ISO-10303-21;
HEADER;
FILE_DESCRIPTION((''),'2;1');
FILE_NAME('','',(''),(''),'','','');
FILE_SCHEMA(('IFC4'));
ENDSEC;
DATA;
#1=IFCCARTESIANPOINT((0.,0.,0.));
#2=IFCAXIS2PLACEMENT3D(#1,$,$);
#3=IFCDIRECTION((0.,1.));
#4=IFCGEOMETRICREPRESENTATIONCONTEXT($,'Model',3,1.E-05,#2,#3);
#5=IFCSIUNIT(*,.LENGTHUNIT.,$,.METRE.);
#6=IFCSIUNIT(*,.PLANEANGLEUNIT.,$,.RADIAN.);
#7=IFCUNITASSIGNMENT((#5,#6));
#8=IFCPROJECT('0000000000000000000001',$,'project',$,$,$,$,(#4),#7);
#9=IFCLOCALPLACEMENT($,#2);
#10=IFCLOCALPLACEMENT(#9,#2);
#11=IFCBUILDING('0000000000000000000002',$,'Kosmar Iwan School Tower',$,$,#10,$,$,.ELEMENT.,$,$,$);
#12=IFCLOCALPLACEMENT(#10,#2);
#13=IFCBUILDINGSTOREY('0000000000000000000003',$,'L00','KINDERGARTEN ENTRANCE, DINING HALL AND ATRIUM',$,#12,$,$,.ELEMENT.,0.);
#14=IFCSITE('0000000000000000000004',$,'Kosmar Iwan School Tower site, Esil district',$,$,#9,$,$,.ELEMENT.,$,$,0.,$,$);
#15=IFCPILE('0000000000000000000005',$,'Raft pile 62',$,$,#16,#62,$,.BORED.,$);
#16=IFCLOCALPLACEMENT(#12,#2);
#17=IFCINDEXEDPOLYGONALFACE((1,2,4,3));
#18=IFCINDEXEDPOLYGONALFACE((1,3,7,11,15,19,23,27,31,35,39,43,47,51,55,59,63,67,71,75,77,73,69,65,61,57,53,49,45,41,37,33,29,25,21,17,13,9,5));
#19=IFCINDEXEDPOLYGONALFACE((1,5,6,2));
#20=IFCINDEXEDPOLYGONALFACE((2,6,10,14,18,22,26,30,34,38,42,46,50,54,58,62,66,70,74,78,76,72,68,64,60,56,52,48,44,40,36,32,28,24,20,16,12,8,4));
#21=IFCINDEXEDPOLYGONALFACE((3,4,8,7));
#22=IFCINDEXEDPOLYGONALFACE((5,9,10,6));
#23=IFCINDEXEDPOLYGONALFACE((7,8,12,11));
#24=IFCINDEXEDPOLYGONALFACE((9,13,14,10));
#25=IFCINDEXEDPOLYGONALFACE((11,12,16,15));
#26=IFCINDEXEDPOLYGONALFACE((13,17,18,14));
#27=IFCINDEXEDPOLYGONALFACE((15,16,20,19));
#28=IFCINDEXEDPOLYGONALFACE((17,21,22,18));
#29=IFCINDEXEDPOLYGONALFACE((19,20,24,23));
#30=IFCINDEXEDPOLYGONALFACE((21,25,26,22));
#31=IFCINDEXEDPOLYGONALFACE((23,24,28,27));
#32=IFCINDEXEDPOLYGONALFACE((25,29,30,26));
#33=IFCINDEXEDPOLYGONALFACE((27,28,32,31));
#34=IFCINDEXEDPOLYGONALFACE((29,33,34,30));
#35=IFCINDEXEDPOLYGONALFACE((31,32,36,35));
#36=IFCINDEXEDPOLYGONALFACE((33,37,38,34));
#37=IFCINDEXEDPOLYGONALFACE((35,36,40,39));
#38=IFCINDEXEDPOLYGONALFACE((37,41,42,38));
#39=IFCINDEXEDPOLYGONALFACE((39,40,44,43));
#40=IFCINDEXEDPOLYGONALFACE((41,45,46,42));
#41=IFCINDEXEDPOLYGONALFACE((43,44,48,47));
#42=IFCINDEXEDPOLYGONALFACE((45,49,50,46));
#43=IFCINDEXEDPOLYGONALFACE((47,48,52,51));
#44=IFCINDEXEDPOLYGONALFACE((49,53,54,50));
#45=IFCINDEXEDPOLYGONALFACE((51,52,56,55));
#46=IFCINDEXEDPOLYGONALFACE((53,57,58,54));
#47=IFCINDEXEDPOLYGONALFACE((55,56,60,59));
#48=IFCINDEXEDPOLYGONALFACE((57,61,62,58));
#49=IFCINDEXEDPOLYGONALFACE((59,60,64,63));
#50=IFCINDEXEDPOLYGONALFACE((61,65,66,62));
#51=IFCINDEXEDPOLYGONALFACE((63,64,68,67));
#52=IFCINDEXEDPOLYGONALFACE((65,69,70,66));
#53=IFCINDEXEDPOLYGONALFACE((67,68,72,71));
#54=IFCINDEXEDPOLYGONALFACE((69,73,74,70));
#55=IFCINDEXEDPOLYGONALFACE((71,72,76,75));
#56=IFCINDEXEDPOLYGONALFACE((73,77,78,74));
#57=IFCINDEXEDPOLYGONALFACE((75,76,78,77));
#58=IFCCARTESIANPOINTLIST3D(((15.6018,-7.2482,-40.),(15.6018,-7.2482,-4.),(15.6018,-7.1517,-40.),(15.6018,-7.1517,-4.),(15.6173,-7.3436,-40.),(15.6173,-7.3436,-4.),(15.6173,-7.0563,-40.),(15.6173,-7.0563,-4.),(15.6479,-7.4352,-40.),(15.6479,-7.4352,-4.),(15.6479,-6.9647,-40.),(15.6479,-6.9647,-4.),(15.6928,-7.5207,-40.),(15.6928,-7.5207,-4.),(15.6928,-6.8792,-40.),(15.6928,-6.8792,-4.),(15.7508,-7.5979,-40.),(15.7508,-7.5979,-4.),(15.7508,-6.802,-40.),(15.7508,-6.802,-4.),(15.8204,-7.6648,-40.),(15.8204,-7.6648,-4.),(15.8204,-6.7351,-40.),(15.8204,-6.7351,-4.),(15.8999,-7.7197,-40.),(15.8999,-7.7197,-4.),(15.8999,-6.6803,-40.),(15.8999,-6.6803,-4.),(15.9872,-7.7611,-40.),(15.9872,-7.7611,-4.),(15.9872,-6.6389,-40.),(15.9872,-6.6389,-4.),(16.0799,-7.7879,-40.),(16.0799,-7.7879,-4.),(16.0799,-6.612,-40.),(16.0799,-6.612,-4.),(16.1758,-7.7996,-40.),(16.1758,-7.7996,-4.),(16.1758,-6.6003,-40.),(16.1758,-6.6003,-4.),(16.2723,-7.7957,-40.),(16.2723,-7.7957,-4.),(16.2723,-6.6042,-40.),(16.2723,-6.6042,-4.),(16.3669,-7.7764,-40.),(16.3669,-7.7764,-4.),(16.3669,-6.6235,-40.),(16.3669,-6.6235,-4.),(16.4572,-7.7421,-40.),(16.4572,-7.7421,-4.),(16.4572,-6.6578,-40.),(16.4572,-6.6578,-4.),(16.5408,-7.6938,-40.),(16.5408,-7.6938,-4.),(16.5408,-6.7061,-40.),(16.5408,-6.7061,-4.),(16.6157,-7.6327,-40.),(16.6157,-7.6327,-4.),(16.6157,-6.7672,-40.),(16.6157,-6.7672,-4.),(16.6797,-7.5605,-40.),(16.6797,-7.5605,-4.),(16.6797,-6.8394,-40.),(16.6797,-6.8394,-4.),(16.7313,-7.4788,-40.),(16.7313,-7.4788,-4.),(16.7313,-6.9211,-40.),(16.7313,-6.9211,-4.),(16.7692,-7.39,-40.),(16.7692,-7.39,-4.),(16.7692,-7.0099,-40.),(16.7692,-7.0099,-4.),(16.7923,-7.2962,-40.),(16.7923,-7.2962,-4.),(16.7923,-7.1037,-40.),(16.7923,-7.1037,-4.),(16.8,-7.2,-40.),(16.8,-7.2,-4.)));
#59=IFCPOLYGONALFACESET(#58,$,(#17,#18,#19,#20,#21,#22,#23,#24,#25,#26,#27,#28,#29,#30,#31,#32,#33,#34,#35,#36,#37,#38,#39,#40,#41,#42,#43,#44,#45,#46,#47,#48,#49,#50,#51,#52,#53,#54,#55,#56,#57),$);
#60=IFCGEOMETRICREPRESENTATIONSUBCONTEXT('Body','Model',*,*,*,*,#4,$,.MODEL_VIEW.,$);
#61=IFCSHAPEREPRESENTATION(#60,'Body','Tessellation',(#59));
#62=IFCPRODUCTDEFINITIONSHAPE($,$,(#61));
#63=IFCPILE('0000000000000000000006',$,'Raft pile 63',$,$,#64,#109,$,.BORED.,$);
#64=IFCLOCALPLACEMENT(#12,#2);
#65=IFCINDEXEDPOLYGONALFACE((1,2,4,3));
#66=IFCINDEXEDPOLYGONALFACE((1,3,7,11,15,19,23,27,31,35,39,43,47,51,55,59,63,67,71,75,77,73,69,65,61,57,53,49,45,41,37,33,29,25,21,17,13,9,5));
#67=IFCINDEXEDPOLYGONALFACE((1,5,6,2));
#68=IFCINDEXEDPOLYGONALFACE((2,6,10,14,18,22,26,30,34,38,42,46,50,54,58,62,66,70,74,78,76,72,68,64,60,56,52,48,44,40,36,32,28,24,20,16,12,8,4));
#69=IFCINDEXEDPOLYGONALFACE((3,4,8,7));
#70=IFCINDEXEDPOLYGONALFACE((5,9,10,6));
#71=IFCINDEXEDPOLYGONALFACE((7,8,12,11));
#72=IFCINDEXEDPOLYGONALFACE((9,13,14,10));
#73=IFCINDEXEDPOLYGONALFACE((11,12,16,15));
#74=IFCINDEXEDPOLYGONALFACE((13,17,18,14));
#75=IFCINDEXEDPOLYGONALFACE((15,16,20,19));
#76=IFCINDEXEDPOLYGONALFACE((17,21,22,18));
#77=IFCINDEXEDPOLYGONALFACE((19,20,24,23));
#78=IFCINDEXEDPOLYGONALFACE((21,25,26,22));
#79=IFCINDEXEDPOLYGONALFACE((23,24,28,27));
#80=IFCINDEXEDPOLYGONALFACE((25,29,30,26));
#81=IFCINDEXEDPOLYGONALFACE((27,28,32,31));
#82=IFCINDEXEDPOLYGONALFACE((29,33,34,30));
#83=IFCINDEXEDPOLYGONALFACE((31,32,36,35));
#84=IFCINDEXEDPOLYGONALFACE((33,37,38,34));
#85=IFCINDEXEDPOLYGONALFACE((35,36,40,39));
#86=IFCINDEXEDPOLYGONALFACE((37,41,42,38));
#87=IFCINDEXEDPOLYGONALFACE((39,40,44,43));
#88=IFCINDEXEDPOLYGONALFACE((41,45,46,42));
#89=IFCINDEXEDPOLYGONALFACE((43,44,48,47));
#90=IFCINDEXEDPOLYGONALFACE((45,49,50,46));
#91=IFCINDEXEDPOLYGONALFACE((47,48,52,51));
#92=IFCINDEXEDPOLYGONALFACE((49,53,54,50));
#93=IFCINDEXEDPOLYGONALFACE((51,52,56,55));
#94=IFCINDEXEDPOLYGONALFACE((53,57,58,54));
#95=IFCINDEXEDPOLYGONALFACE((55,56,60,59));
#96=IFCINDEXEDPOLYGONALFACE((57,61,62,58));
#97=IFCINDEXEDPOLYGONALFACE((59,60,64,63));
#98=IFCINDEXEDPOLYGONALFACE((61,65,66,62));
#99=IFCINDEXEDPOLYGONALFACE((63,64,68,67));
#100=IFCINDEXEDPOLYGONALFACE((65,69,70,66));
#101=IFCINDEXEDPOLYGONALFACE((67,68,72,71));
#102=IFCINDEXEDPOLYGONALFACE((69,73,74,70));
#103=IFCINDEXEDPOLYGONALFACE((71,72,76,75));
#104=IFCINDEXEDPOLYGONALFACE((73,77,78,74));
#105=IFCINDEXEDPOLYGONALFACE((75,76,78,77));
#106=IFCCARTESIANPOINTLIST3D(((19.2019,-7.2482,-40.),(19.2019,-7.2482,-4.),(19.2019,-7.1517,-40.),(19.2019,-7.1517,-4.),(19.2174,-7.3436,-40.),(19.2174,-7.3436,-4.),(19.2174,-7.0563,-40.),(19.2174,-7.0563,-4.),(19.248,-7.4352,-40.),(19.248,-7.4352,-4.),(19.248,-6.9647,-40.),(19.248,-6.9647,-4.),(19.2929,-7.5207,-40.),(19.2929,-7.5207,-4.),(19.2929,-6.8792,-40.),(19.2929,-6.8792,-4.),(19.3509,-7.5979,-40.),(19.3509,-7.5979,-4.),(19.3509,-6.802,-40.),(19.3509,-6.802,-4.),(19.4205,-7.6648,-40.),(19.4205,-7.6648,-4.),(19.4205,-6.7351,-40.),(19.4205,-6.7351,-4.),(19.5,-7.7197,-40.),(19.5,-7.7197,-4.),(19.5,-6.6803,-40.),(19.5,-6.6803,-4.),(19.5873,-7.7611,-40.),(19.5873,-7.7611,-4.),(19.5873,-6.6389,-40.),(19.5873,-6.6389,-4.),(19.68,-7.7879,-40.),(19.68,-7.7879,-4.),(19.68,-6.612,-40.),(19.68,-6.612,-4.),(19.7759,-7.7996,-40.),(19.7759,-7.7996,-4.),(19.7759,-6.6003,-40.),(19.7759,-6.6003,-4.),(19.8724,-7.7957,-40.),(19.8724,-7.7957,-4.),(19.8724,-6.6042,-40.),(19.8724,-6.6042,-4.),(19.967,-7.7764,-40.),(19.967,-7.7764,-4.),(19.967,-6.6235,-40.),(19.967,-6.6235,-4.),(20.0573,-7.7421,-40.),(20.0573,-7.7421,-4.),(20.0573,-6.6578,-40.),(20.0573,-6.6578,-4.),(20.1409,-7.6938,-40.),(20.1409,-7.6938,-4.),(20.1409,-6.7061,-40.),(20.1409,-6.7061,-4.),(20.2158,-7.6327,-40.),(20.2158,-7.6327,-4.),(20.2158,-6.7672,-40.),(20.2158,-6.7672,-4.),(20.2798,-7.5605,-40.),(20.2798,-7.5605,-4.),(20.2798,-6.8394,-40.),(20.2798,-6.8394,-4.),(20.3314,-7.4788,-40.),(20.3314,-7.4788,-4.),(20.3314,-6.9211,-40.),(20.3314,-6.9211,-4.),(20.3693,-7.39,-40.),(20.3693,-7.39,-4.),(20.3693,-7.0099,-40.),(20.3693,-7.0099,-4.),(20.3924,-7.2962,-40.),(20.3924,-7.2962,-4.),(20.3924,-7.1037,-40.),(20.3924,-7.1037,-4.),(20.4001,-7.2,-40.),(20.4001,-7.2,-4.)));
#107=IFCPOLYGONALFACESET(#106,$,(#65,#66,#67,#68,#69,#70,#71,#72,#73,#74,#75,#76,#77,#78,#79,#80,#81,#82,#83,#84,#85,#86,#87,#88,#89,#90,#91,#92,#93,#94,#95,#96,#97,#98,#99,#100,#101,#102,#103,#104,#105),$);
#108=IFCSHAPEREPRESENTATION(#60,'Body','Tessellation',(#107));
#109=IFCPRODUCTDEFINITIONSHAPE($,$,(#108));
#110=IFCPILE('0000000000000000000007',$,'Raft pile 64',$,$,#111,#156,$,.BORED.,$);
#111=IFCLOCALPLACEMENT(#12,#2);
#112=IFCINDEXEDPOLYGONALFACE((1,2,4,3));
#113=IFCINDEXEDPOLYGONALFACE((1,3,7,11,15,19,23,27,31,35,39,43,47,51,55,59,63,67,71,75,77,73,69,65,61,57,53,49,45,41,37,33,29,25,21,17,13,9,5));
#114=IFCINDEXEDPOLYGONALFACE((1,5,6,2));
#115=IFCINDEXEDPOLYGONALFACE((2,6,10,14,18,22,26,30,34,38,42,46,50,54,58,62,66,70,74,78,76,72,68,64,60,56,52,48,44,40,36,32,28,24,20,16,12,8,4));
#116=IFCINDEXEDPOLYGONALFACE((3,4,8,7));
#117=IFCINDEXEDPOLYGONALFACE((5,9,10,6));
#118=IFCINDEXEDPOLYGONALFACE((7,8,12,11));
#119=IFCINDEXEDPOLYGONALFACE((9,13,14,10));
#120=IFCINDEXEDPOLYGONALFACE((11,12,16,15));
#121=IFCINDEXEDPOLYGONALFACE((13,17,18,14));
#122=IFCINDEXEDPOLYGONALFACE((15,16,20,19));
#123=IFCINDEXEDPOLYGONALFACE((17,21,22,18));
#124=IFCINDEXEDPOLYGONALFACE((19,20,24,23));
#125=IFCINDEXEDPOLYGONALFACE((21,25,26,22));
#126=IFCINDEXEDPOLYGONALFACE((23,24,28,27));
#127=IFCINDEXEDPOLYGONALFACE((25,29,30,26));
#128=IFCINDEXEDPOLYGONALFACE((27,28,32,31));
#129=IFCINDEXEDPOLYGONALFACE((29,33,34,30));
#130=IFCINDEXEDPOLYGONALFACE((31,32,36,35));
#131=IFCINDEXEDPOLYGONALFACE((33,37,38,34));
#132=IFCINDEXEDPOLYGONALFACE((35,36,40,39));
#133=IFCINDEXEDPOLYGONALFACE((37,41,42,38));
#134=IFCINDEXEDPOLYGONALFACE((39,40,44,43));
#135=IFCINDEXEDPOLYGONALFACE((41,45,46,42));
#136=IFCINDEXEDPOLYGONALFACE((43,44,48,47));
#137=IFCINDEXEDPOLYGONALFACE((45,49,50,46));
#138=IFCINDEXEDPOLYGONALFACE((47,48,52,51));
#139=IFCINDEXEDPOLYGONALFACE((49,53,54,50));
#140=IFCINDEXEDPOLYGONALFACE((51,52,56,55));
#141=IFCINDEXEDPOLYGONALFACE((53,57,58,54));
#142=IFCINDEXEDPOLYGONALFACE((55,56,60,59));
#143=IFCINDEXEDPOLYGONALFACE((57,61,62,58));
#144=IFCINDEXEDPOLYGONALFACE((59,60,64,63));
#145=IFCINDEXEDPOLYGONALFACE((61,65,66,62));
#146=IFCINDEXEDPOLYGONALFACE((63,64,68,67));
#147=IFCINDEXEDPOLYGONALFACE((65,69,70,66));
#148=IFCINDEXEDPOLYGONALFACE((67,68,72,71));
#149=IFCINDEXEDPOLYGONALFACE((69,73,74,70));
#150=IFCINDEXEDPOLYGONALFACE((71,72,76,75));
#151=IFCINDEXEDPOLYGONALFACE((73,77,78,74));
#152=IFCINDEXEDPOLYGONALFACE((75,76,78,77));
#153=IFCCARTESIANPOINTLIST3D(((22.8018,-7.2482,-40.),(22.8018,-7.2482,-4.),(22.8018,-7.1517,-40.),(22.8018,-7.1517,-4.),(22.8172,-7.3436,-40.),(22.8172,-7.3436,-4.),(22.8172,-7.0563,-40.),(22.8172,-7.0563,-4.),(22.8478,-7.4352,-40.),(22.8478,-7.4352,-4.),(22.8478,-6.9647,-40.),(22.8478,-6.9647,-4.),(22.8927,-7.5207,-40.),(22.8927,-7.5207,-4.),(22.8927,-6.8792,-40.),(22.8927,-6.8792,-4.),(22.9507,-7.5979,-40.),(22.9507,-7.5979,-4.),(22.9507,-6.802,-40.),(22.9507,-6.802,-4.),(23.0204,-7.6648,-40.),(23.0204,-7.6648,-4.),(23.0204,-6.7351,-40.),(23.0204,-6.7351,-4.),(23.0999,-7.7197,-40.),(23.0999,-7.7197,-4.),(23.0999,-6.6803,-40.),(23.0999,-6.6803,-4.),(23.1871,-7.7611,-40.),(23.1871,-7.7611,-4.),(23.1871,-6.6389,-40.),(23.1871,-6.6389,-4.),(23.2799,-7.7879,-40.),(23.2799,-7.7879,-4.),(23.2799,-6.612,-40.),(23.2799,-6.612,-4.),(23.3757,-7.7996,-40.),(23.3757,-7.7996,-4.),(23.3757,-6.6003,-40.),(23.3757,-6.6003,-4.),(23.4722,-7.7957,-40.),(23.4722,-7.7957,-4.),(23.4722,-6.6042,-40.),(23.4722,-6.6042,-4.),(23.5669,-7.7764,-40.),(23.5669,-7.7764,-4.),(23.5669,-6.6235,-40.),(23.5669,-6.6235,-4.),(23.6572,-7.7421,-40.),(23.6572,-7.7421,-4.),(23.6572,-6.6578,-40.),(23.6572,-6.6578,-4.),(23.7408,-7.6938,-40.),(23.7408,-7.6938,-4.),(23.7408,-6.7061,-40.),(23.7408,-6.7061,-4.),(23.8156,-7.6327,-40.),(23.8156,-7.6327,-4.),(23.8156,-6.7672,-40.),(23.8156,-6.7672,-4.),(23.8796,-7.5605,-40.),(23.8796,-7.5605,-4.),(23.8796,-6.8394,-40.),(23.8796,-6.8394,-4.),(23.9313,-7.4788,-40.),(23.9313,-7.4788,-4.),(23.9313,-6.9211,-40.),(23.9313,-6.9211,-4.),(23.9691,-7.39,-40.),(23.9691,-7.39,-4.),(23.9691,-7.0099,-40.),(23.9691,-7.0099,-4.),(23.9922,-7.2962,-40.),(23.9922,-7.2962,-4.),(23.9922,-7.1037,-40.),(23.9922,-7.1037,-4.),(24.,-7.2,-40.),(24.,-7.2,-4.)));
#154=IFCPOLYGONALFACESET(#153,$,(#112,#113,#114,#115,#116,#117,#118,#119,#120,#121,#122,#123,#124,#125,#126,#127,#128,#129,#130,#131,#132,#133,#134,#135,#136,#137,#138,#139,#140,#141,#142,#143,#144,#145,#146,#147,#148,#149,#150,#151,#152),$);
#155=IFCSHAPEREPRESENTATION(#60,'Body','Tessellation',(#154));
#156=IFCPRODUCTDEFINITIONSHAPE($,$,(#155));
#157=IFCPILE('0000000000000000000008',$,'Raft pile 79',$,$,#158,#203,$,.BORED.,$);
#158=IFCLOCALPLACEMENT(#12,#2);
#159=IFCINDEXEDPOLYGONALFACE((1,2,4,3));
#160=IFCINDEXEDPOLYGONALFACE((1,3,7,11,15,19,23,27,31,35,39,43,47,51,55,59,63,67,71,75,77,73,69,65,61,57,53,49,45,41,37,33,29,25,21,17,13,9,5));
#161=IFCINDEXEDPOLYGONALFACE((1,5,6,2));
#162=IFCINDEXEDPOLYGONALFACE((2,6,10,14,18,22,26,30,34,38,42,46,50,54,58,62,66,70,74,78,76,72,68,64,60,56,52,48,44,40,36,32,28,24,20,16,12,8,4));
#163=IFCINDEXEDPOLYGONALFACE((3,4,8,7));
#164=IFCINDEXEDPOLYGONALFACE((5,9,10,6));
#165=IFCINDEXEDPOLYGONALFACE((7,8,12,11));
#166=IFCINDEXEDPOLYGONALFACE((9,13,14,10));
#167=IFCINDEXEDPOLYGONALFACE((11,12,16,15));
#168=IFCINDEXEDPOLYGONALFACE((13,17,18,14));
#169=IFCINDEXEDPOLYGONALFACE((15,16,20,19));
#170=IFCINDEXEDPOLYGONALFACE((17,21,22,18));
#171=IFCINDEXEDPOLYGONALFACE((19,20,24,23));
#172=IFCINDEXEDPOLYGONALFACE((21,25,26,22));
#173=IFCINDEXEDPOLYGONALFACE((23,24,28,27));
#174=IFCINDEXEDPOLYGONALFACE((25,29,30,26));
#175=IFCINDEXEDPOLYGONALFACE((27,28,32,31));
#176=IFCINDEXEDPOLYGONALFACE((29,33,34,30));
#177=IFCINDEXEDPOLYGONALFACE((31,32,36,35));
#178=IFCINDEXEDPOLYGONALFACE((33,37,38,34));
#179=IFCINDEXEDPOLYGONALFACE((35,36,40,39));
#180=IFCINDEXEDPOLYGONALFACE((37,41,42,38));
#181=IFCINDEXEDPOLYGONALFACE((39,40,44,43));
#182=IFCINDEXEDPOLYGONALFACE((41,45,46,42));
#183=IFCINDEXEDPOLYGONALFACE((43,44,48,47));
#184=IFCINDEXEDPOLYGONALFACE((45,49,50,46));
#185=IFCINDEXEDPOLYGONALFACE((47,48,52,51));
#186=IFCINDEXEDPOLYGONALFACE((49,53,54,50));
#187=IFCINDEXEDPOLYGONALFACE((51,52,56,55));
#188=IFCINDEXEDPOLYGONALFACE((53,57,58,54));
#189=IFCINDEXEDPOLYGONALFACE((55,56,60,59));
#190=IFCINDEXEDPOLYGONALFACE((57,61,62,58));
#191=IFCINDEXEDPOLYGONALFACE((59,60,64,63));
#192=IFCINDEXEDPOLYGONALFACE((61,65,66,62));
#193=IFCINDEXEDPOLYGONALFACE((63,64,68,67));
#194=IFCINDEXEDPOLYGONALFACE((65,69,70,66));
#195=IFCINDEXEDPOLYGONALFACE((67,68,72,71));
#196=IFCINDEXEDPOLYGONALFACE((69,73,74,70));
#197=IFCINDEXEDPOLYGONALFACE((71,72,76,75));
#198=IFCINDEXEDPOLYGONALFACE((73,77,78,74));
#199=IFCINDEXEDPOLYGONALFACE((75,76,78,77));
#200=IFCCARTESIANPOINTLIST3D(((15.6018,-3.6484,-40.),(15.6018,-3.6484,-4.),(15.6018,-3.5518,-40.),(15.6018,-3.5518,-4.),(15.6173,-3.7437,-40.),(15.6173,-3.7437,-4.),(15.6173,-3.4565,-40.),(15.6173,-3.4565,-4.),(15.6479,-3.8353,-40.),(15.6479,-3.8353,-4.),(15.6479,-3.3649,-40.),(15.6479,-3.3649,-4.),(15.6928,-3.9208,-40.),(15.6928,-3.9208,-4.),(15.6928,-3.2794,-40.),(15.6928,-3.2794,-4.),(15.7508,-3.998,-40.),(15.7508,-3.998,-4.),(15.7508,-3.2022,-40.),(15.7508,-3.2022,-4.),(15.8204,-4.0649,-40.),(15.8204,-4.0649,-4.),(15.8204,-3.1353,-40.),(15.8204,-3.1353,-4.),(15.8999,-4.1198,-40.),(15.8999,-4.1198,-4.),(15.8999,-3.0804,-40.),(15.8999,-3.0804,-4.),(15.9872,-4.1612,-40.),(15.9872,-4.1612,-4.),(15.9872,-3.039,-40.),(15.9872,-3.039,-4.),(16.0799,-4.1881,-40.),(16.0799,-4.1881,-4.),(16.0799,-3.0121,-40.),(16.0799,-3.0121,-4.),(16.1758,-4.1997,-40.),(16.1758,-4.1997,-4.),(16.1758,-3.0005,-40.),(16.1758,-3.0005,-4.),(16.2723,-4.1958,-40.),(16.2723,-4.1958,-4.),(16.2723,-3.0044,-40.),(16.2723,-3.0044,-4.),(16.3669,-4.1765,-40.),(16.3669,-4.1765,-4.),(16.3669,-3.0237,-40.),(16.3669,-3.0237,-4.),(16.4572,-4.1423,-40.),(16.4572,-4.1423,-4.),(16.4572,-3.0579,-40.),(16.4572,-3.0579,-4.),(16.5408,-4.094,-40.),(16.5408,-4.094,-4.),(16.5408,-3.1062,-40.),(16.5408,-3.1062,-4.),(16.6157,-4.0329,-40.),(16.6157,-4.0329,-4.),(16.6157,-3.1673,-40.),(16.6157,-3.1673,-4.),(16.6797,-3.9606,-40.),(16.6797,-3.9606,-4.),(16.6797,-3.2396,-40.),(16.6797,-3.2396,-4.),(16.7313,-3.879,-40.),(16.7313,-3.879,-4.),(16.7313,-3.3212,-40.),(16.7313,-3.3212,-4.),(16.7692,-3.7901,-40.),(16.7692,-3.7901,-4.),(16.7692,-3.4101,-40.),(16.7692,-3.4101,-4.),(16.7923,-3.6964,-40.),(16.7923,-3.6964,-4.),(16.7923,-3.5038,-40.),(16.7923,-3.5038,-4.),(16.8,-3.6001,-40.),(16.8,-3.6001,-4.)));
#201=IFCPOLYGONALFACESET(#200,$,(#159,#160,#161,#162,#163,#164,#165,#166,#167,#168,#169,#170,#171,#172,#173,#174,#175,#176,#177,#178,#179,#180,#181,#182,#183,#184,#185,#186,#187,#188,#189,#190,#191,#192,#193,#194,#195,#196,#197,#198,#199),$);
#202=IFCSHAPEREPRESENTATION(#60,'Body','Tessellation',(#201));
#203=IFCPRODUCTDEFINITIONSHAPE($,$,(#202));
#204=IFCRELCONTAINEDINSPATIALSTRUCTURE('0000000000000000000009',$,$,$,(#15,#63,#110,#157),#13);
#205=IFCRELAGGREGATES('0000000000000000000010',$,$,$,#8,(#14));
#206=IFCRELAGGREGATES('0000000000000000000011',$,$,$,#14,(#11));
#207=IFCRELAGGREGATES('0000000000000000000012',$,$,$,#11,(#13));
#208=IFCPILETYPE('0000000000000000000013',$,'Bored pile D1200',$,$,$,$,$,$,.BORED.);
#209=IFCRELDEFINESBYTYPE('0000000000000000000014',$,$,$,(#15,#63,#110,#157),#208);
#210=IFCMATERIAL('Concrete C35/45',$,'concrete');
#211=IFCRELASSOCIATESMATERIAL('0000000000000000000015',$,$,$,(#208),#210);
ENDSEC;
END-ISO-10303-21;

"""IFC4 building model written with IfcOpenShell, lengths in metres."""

from ifc_helpers import new_model, si_unit, direction, frame, origin, origin_2d, place, context, subcontext, project, spatial, circle, extrude, material, material_profile, profile_set, type_object, element, save


model = new_model("IFC4")

# Units and contexts
model_context = context("Model", 3, precision=1e-05, world=origin(), true_north=direction((0.0, 1.0)))
body_context = subcontext(model_context, "Body", "Model", "MODEL_VIEW")
ifc_project = project(units=[si_unit("LENGTHUNIT", "METRE"), si_unit("PLANEANGLEUNIT", "RADIAN")], contexts=[model_context])

# Site, building, storey
site_placement = place(None, origin())
site = spatial("IfcSite", under=ifc_project, at=site_placement, Name="Kosmar Iwan School Tower site, Esil district", CompositionType="ELEMENT", RefElevation=0.0)
building_placement = place(site_placement, origin())
building = spatial("IfcBuilding", under=site, at=building_placement, Name="Kosmar Iwan School Tower", CompositionType="ELEMENT")
storey_placement = place(building_placement, origin())
storey = spatial("IfcBuildingStorey", under=building, at=storey_placement, Name="L00", Description="KINDERGARTEN ENTRANCE, DINING HALL AND ATRIUM", CompositionType="ELEMENT", Elevation=0.0)

# Piles
ifc_material_1 = material(Name="Concrete C35/45", Category="concrete")
ifc_material_profile_1 = material_profile(ifc_material_1, circle(Radius=0.6001, at=origin_2d()), Name="D1200")
ifc_profile_set_1 = profile_set([ifc_material_profile_1], Name="Concrete C35/45")
pile_type = type_object("IfcPileType", Name="Bored pile D1200", PredefinedType="BORED", material=ifc_profile_set_1)
for number, where, z_axis, x_axis, name in (
    (1, (16.2, -7.2, -4.0), (0.0, 0.0, -1.0), (1.0, 0.0, 0.0), "Raft pile 62"),
    (2, (19.8, -7.2, -4.0), (0.0, 0.0, -1.0), (1.0, 0.0, 0.0), "Raft pile 63"),
    (3, (23.3999, -7.2, -4.0), (0.0, 0.0, -1.0), (1.0, 0.0, 0.0), "Raft pile 64"),
    (4, (16.2, -3.6001, -4.0), (0.0, 0.0, -1.0), (1.0, 0.0, 0.0), "Raft pile 79"),
):
    element("IfcPile", number, at=place(storey_placement, frame(where, z_axis=z_axis, x_axis=x_axis)), inside=storey, type_object=pile_type, Name=name, PredefinedType="BORED", context=body_context, shape_type="SweptSolid", body=[
        extrude(circle(Radius=0.6001, at=origin_2d()), origin(), (0.0, 0.0, 1.0), 36.0),
    ])

save(model, "model.ifc")
